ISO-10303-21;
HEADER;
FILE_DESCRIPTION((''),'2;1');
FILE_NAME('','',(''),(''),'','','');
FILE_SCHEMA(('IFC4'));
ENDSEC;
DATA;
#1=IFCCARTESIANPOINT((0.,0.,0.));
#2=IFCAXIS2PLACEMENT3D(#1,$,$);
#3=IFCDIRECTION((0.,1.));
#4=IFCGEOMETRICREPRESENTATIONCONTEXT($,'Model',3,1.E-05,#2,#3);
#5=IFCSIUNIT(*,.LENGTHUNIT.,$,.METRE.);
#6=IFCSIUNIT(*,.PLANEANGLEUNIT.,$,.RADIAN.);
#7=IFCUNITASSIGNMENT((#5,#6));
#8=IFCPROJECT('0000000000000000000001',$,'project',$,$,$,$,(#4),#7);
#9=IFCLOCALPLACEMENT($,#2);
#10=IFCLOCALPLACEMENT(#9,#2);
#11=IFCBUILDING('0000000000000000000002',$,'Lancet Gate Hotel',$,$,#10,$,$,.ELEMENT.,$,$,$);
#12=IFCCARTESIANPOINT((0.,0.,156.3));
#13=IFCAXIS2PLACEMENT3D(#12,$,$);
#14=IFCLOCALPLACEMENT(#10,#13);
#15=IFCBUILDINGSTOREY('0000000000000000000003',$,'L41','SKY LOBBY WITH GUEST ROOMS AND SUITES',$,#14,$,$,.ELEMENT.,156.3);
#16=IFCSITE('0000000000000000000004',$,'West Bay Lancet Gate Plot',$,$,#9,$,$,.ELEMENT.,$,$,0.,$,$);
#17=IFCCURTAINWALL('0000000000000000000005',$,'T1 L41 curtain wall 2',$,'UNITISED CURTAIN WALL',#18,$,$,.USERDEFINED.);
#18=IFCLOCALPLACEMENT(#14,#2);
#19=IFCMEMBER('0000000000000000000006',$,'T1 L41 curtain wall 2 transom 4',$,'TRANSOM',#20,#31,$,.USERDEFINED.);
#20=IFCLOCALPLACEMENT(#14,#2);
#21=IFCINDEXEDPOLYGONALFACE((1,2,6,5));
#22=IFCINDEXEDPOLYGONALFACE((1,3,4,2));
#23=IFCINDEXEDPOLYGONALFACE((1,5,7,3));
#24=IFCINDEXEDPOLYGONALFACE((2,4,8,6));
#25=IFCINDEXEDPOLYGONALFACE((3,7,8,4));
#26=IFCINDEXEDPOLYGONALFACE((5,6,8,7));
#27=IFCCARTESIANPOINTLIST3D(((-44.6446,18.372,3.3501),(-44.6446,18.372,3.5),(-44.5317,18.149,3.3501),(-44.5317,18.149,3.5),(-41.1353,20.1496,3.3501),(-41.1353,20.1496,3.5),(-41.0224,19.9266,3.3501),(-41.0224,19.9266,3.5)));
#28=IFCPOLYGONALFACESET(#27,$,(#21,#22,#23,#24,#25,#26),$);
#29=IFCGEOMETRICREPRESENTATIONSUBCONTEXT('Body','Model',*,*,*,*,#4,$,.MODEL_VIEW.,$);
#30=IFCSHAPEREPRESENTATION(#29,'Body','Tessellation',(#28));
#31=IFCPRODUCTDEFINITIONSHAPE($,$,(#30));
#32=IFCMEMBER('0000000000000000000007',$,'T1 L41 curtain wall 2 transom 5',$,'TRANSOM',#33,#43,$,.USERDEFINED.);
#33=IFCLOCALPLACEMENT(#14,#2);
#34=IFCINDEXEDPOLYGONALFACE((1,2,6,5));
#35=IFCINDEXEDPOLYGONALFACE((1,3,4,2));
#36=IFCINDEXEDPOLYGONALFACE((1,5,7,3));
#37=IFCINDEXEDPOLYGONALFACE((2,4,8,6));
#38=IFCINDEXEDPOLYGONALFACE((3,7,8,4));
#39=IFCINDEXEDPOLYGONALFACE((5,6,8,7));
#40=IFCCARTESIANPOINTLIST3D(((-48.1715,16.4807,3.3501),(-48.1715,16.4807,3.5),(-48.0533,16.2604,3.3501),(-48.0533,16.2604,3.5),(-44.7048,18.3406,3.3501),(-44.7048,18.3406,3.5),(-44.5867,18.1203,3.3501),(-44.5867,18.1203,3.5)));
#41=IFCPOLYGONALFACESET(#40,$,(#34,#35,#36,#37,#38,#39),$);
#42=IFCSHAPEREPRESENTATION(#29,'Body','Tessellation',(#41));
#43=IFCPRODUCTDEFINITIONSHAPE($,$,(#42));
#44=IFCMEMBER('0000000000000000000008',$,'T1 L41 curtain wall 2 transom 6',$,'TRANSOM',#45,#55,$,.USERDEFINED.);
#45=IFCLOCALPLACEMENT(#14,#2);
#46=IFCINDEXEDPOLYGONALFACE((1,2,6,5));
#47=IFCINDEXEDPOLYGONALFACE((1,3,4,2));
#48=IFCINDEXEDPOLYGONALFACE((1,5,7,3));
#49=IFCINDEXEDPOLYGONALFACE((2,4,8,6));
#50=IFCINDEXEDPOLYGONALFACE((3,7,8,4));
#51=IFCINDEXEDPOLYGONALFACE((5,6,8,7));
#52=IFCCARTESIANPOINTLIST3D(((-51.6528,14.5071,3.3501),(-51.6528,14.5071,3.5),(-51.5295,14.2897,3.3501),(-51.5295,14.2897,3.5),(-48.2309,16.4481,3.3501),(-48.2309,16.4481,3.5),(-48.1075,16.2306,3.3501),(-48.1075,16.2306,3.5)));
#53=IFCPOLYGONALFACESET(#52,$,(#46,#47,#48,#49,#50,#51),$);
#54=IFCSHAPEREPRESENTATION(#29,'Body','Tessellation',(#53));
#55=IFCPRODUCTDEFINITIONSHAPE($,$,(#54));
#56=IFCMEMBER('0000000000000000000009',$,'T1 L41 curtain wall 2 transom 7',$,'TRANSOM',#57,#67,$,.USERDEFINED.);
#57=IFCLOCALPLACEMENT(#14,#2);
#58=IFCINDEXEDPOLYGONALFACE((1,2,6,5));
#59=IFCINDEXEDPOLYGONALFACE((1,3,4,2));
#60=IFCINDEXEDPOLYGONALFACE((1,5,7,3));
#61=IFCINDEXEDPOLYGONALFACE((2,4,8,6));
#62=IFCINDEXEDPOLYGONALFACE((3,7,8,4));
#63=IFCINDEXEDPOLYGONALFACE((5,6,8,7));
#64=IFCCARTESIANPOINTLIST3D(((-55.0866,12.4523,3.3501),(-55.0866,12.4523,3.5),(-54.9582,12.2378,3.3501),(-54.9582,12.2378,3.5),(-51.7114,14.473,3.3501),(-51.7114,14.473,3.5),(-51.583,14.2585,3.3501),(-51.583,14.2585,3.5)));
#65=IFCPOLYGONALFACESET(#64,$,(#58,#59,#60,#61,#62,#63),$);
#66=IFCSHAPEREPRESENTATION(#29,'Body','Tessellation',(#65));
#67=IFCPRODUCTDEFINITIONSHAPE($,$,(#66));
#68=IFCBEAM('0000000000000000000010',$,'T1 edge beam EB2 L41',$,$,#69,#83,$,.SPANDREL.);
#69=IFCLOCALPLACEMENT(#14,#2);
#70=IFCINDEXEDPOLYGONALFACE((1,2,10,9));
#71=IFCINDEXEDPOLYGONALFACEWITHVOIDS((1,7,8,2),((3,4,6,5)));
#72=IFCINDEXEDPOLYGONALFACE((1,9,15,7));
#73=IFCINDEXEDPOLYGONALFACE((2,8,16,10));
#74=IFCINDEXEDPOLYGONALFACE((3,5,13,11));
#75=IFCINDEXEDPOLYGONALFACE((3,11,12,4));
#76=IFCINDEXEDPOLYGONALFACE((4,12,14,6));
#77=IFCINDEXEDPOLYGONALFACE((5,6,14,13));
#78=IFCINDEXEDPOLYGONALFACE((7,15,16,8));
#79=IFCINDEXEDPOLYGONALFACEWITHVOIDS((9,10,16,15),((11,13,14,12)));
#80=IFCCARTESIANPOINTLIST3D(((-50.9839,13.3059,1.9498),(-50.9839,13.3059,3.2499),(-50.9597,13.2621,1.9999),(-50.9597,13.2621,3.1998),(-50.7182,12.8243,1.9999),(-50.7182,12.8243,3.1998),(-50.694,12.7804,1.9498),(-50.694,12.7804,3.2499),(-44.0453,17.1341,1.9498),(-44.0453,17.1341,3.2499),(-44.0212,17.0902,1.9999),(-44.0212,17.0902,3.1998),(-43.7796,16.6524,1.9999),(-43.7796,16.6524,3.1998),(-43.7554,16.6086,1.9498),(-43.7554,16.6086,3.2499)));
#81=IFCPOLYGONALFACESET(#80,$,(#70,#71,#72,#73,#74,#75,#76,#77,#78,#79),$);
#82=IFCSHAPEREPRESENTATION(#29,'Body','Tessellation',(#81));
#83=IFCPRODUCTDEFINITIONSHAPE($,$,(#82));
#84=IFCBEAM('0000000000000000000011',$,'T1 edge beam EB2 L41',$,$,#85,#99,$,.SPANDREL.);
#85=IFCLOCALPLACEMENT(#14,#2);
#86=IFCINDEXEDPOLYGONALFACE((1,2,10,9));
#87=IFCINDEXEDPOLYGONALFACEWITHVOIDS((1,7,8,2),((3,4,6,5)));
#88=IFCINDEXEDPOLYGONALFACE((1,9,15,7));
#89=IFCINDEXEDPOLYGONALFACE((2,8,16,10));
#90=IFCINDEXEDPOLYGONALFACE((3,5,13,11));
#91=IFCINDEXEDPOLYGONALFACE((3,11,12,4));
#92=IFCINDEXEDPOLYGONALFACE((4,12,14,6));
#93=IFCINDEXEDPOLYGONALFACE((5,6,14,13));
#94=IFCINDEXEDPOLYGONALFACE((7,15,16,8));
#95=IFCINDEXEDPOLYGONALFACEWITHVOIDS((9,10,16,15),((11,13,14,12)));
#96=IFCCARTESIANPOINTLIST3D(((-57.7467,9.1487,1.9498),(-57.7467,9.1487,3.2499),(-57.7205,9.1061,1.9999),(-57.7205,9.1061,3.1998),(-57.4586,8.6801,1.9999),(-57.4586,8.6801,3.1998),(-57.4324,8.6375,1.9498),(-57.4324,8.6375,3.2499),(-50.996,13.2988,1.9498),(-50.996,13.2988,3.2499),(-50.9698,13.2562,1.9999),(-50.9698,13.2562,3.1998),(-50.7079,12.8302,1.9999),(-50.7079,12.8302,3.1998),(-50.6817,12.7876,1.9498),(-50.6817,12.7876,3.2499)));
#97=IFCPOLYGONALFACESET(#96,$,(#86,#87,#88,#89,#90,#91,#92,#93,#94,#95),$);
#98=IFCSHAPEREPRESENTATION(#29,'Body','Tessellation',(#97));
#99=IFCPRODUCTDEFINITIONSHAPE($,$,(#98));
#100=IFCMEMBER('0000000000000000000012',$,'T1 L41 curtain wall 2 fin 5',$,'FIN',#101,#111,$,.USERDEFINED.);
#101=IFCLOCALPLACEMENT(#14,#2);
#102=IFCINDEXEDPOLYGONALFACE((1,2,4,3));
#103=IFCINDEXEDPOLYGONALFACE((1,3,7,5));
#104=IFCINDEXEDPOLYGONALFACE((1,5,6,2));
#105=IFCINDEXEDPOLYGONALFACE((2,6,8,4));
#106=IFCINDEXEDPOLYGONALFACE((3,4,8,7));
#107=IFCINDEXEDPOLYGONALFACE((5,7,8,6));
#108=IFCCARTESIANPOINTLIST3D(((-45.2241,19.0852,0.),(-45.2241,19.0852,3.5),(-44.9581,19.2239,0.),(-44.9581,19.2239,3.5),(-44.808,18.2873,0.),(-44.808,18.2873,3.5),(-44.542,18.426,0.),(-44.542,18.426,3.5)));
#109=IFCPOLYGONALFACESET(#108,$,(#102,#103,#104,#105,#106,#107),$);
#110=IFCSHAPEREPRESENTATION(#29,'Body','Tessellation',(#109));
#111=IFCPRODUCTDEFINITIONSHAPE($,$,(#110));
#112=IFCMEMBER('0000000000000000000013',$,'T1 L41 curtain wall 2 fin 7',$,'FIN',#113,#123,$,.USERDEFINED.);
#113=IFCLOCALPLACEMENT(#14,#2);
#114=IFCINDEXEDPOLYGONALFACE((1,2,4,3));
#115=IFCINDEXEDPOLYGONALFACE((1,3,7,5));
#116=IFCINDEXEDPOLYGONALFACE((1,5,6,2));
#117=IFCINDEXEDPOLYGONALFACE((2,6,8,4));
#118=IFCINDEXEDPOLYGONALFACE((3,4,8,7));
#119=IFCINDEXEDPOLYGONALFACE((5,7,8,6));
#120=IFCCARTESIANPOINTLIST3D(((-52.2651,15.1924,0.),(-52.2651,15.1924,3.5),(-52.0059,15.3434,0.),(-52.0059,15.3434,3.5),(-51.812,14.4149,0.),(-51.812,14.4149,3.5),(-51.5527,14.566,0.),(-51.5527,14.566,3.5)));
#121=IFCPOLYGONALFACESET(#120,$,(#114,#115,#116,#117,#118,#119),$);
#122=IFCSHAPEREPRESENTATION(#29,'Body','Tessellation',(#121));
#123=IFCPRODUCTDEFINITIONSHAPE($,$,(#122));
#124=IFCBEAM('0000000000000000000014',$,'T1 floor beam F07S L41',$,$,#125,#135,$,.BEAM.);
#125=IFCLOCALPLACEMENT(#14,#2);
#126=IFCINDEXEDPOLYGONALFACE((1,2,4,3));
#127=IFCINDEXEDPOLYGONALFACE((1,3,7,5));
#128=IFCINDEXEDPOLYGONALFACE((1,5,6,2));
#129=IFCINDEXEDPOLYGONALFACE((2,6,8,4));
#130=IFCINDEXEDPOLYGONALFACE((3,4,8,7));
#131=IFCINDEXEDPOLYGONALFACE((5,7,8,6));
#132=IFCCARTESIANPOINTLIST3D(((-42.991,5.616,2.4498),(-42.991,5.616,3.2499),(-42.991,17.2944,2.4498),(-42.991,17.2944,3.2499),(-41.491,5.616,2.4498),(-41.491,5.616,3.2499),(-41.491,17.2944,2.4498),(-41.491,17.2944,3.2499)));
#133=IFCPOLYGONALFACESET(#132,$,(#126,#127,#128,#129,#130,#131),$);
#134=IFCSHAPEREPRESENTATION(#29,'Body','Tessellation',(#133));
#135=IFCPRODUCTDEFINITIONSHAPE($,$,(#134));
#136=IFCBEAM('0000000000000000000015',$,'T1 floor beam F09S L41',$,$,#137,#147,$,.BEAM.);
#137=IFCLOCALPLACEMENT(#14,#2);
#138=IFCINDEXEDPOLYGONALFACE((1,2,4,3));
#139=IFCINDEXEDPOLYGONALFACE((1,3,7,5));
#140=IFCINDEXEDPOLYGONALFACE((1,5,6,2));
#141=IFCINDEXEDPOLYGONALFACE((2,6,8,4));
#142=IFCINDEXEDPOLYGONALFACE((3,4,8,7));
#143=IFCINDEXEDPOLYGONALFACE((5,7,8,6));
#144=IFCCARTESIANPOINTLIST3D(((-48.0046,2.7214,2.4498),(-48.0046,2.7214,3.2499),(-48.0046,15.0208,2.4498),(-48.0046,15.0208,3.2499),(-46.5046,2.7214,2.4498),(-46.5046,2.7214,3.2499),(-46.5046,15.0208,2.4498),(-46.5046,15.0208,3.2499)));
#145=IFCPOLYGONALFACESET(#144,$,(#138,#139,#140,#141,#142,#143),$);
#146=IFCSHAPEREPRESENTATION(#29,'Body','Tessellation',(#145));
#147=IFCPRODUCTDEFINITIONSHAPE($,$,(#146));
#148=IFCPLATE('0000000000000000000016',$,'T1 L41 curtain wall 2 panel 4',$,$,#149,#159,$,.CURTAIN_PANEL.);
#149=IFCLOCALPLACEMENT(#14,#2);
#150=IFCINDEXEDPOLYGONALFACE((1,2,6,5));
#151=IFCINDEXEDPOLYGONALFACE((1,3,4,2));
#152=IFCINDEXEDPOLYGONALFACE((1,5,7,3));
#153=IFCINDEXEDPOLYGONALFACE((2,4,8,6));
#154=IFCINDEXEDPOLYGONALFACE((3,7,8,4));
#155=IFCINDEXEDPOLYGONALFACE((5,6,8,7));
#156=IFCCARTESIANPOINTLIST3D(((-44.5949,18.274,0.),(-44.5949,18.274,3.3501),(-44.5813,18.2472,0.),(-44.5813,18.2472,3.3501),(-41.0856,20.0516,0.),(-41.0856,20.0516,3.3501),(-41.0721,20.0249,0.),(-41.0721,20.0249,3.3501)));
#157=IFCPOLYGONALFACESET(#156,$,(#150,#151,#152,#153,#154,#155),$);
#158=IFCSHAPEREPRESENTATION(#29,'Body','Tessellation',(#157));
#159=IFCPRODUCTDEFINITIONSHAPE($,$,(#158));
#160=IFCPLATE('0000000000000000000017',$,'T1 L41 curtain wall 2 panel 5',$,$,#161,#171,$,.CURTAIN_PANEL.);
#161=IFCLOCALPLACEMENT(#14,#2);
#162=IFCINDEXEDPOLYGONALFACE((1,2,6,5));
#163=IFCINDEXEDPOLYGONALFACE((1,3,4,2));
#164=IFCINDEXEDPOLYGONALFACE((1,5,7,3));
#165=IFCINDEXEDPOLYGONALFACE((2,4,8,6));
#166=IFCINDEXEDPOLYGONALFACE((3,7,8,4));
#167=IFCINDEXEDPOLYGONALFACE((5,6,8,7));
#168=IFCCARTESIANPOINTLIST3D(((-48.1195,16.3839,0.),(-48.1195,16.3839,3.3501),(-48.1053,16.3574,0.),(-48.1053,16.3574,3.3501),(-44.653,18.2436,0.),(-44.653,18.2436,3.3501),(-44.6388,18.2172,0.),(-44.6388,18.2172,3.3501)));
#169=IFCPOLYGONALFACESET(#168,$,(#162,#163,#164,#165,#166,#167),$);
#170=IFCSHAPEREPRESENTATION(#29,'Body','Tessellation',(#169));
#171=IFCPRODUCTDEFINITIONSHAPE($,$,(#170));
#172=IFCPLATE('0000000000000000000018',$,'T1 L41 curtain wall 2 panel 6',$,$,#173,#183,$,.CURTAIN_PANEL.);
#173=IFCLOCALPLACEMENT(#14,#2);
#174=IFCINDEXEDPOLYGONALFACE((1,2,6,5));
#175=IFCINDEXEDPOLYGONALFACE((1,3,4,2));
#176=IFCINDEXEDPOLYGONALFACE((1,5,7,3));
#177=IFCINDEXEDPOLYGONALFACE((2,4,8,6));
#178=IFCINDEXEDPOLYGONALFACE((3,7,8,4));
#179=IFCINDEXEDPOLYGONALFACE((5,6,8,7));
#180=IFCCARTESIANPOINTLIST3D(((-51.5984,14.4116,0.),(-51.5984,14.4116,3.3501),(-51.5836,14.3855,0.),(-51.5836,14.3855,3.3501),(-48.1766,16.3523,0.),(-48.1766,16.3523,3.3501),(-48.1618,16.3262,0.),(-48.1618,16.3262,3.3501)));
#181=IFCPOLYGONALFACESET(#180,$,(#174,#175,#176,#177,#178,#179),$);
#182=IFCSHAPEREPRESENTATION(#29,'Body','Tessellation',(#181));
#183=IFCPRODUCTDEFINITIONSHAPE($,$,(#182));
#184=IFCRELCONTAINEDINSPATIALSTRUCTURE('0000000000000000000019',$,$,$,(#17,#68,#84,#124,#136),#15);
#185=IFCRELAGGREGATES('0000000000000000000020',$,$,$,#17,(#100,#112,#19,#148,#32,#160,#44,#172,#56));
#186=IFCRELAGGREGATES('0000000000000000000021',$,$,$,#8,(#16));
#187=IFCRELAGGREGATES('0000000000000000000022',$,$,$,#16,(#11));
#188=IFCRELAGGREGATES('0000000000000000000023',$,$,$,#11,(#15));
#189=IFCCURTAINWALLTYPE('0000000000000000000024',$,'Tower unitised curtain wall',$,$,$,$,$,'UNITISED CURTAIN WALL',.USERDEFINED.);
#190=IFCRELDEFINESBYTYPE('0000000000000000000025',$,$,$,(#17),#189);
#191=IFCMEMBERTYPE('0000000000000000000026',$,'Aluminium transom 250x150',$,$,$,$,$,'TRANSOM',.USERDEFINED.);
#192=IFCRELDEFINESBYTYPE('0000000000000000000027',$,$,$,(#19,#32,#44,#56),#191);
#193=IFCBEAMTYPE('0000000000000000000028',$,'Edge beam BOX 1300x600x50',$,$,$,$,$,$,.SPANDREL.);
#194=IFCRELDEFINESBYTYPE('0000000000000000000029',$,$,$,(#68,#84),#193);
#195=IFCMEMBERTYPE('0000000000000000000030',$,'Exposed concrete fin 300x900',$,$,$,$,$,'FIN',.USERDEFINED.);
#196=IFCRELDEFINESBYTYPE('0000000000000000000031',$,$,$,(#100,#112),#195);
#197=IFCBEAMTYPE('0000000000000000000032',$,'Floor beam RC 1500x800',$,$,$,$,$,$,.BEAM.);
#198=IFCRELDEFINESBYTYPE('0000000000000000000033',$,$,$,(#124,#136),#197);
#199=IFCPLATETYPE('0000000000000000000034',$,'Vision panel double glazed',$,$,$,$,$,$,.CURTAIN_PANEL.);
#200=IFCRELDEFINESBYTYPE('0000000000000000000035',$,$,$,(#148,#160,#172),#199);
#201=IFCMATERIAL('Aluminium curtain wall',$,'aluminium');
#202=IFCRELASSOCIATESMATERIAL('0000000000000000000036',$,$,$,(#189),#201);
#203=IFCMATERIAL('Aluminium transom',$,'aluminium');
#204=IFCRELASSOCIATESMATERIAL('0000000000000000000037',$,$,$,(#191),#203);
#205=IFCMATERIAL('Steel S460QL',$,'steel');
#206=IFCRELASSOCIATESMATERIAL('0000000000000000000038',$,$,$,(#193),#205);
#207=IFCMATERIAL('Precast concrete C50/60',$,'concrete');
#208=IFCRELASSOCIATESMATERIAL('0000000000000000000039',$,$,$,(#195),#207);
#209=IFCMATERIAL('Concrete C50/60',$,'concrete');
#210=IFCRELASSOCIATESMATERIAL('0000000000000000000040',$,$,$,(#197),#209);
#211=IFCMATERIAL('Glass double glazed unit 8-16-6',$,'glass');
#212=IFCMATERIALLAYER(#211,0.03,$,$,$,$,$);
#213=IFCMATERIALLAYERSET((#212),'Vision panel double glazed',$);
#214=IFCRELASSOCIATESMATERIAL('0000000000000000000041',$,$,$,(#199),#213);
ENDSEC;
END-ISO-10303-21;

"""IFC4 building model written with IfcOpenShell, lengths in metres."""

from ifc_helpers import new_model, si_unit, direction, frame, origin, origin_2d, place, context, subcontext, project, spatial, rectangle, hollow_rectangle, extrude, material, layer, layer_set, material_profile, profile_set, type_object, element, aggregate, save


model = new_model("IFC4")

# Units and contexts
model_context = context("Model", 3, precision=1e-05, world=origin(), true_north=direction((0.0, 1.0)))
body_context = subcontext(model_context, "Body", "Model", "MODEL_VIEW")
ifc_project = project(units=[si_unit("LENGTHUNIT", "METRE"), si_unit("PLANEANGLEUNIT", "RADIAN")], contexts=[model_context])

# Site, building, storey
site_placement = place(None, origin())
site = spatial("IfcSite", under=ifc_project, at=site_placement, Name="West Bay Lancet Gate Plot", CompositionType="ELEMENT", RefElevation=0.0)
building_placement = place(site_placement, origin())
building = spatial("IfcBuilding", under=site, at=building_placement, Name="Lancet Gate Hotel", CompositionType="ELEMENT")
storey_placement = place(building_placement, frame((0.0, 0.0, 156.3)))
storey = spatial("IfcBuildingStorey", under=building, at=storey_placement, Name="L41", Description="SKY LOBBY WITH GUEST ROOMS AND SUITES", CompositionType="ELEMENT", Elevation=156.3)

# Curtain wall, members
ifc_material_1 = material(Name="Aluminium curtain wall", Category="aluminium")
curtain_wall_type = type_object("IfcCurtainWallType", Name="Tower unitised curtain wall", ElementType="UNITISED CURTAIN WALL", PredefinedType="USERDEFINED", material=ifc_material_1)
curtain_wall_placement = place(storey_placement, origin())
curtain_wall = element("IfcCurtainWall", 1, at=curtain_wall_placement, inside=storey, type_object=curtain_wall_type, Name="T1 L41 curtain wall 2", ObjectType="UNITISED CURTAIN WALL", PredefinedType="USERDEFINED")
ifc_material_2 = material(Name="Aluminium transom", Category="aluminium")
ifc_material_profile_1 = material_profile(ifc_material_2, rectangle(XDim=0.25, YDim=0.1499, at=origin_2d()), Name="TRANSOM 250x150")
ifc_profile_set_1 = profile_set([ifc_material_profile_1], Name="Aluminium transom")
member_type_1 = type_object("IfcMemberType", Name="Aluminium transom 250x150", ElementType="TRANSOM", PredefinedType="USERDEFINED", material=ifc_profile_set_1)
member_1_placement = place(storey_placement, frame((-41.0789, 20.0381, 3.425), z_axis=(-0.892081, -0.451875, 0.0), x_axis=(0.451875, -0.892081, 0.0)))
member_1 = element("IfcMember", 2, at=member_1_placement, type_object=member_type_1, Name="T1 L41 curtain wall 2 transom 4", ObjectType="TRANSOM", PredefinedType="USERDEFINED", context=body_context, shape_type="SweptSolid", body=[
    extrude(rectangle(XDim=0.25, YDim=0.1499, at=origin_2d()), origin(), (0.0, 0.0, 1.0), 3.9338),
])
member_2_placement = place(storey_placement, frame((-44.6458, 18.2305, 3.425), z_axis=(-0.881185, -0.472771, 0.0), x_axis=(0.472771, -0.881185, 0.0)))
member_2 = element("IfcMember", 3, at=member_2_placement, type_object=member_type_1, Name="T1 L41 curtain wall 2 transom 5", ObjectType="TRANSOM", PredefinedType="USERDEFINED", context=body_context, shape_type="SweptSolid", body=[
    extrude(rectangle(XDim=0.25, YDim=0.1499, at=origin_2d()), origin(), (0.0, 0.0, 1.0), 3.9341),
])
member_3_placement = place(storey_placement, frame((-48.1692, 16.3394, 3.425), z_axis=(-0.86982, -0.49337, 0.0), x_axis=(0.49337, -0.86982, 0.0)))
member_3 = element("IfcMember", 4, at=member_3_placement, type_object=member_type_1, Name="T1 L41 curtain wall 2 transom 6", ObjectType="TRANSOM", PredefinedType="USERDEFINED", context=body_context, shape_type="SweptSolid", body=[
    extrude(rectangle(XDim=0.25, YDim=0.1499, at=origin_2d()), origin(), (0.0, 0.0, 1.0), 3.9341),
])
member_4_placement = place(storey_placement, frame((-51.6472, 14.3657, 3.425), z_axis=(-0.857985, -0.513674, 0.0), x_axis=(0.513674, -0.857985, 0.0)))
member_4 = element("IfcMember", 5, at=member_4_placement, type_object=member_type_1, Name="T1 L41 curtain wall 2 transom 7", ObjectType="TRANSOM", PredefinedType="USERDEFINED", context=body_context, shape_type="SweptSolid", body=[
    extrude(rectangle(XDim=0.25, YDim=0.1499, at=origin_2d()), origin(), (0.0, 0.0, 1.0), 3.9338),
])

# Beams
ifc_material_3 = material(Name="Steel S460QL", Category="steel")
ifc_material_profile_2 = material_profile(ifc_material_3, hollow_rectangle(XDim=0.6001, YDim=1.3, WallThickness=0.05, at=origin_2d()), Name="BOX 1300x600x50")
ifc_profile_set_2 = profile_set([ifc_material_profile_2], Name="Steel S460QL")
beam_type_1 = type_object("IfcBeamType", Name="Edge beam BOX 1300x600x50", PredefinedType="SPANDREL", material=ifc_profile_set_2)
beam_1_placement = place(storey_placement, frame((-43.9004, 16.8713, 2.5999), z_axis=(-0.875578, -0.483077, 0.0), x_axis=(0.483077, -0.875578, 0.0)))
element("IfcBeam", 6, at=beam_1_placement, inside=storey, type_object=beam_type_1, Name="T1 edge beam EB2 L41", PredefinedType="SPANDREL", context=body_context, shape_type="SweptSolid", body=[
    extrude(hollow_rectangle(XDim=0.6001, YDim=1.3, WallThickness=0.05, at=origin_2d()), origin(), (0.0, 0.0, 1.0), 7.9246),
])
beam_2_placement = place(storey_placement, frame((-50.8389, 13.0432, 2.5999), z_axis=(-0.851892, -0.523717, 0.0), x_axis=(0.523717, -0.851892, 0.0)))
element("IfcBeam", 7, at=beam_2_placement, inside=storey, type_object=beam_type_1, Name="T1 edge beam EB2 L41", PredefinedType="SPANDREL", context=body_context, shape_type="SweptSolid", body=[
    extrude(hollow_rectangle(XDim=0.6001, YDim=1.3, WallThickness=0.05, at=origin_2d()), origin(), (0.0, 0.0, 1.0), 7.9243),
])

# Members
ifc_material_4 = material(Name="Precast concrete C50/60", Category="concrete")
ifc_material_profile_3 = material_profile(ifc_material_4, rectangle(XDim=0.3, YDim=0.8999, at=origin_2d()), Name="FIN 300x900")
ifc_profile_set_3 = profile_set([ifc_material_profile_3], Name="Precast concrete C50/60")
member_type_2 = type_object("IfcMemberType", Name="Exposed concrete fin 300x900", ElementType="FIN", PredefinedType="USERDEFINED", material=ifc_profile_set_3)
member_5_placement = place(storey_placement, frame((-44.8831, 18.7556, 0.0), z_axis=(0.0, 0.0, 1.0), x_axis=(-0.886694, -0.462356, 0.0)))
member_5 = element("IfcMember", 8, at=member_5_placement, type_object=member_type_2, Name="T1 L41 curtain wall 2 fin 5", ObjectType="FIN", PredefinedType="USERDEFINED", context=body_context, shape_type="SweptSolid", body=[
    extrude(rectangle(XDim=0.3, YDim=0.8999, at=origin_2d()), origin(), (0.0, 0.0, 1.0), 3.5),
])
member_6_placement = place(storey_placement, frame((-51.9089, 14.8792, 0.0), z_axis=(0.0, 0.0, 1.0), x_axis=(-0.863969, -0.503545, 0.0)))
member_6 = element("IfcMember", 9, at=member_6_placement, type_object=member_type_2, Name="T1 L41 curtain wall 2 fin 7", ObjectType="FIN", PredefinedType="USERDEFINED", context=body_context, shape_type="SweptSolid", body=[
    extrude(rectangle(XDim=0.3, YDim=0.8999, at=origin_2d()), origin(), (0.0, 0.0, 1.0), 3.5),
])

# Beams
ifc_material_5 = material(Name="Concrete C50/60", Category="concrete")
ifc_material_profile_4 = material_profile(ifc_material_5, rectangle(XDim=1.5, YDim=0.8, at=origin_2d()), Name="RC 1500x800")
ifc_profile_set_4 = profile_set([ifc_material_profile_4], Name="Concrete C50/60")
beam_type_2 = type_object("IfcBeamType", Name="Floor beam RC 1500x800", PredefinedType="BEAM", material=ifc_profile_set_4)
beam_3_placement = place(storey_placement, frame((-42.241, 17.2944, 2.8499), z_axis=(0.0, -1.0, 0.0), x_axis=(1.0, 0.0, 0.0)))
element("IfcBeam", 10, at=beam_3_placement, inside=storey, type_object=beam_type_2, Name="T1 floor beam F07S L41", PredefinedType="BEAM", context=body_context, shape_type="SweptSolid", body=[
    extrude(rectangle(XDim=1.5, YDim=0.8, at=origin_2d()), origin(), (0.0, 0.0, 1.0), 11.6785),
])
beam_4_placement = place(storey_placement, frame((-47.2546, 15.0208, 2.8499), z_axis=(0.0, -1.0, 0.0), x_axis=(1.0, 0.0, 0.0)))
element("IfcBeam", 11, at=beam_4_placement, inside=storey, type_object=beam_type_2, Name="T1 floor beam F09S L41", PredefinedType="BEAM", context=body_context, shape_type="SweptSolid", body=[
    extrude(rectangle(XDim=1.5, YDim=0.8, at=origin_2d()), origin(), (0.0, 0.0, 1.0), 12.2993),
])

# Plates
ifc_material_6 = material(Name="Glass double glazed unit 8-16-6", Category="glass")
ifc_layer_1 = layer(ifc_material_6, 0.03)
ifc_layer_set_1 = layer_set([ifc_layer_1], Name="Vision panel double glazed")
plate_type = type_object("IfcPlateType", Name="Vision panel double glazed", PredefinedType="CURTAIN_PANEL", material=ifc_layer_set_1)
plate_1_placement = place(storey_placement, frame((-42.8335, 19.1494, 0.0), z_axis=(0.0, 0.0, 1.0), x_axis=(-0.892071, -0.451895, 0.0)))
plate_1 = element("IfcPlate", 12, at=plate_1_placement, type_object=plate_type, Name="T1 L41 curtain wall 2 panel 4", PredefinedType="CURTAIN_PANEL", context=body_context, shape_type="SweptSolid", body=[
    extrude(rectangle(XDim=3.9338, YDim=0.03, at=origin_2d()), origin(), (0.0, 0.0, 1.0), 3.3501),
])
plate_2_placement = place(storey_placement, frame((-46.3792, 17.3005, 0.0), z_axis=(0.0, 0.0, 1.0), x_axis=(-0.881195, -0.472753, 0.0)))
plate_2 = element("IfcPlate", 13, at=plate_2_placement, type_object=plate_type, Name="T1 L41 curtain wall 2 panel 5", PredefinedType="CURTAIN_PANEL", context=body_context, shape_type="SweptSolid", body=[
    extrude(rectangle(XDim=3.9338, YDim=0.03, at=origin_2d()), origin(), (0.0, 0.0, 1.0), 3.3501),
])
plate_3_placement = place(storey_placement, frame((-49.8801, 15.3689, 0.0), z_axis=(0.0, 0.0, 1.0), x_axis=(-0.869831, -0.493349, 0.0)))
plate_3 = element("IfcPlate", 14, at=plate_3_placement, type_object=plate_type, Name="T1 L41 curtain wall 2 panel 6", PredefinedType="CURTAIN_PANEL", context=body_context, shape_type="SweptSolid", body=[
    extrude(rectangle(XDim=3.9338, YDim=0.03, at=origin_2d()), origin(), (0.0, 0.0, 1.0), 3.3501),
])
aggregate(curtain_wall, [member_5, member_6, member_1, plate_1, member_2, plate_2, member_3, plate_3, member_4])

save(model, "model.ifc")
